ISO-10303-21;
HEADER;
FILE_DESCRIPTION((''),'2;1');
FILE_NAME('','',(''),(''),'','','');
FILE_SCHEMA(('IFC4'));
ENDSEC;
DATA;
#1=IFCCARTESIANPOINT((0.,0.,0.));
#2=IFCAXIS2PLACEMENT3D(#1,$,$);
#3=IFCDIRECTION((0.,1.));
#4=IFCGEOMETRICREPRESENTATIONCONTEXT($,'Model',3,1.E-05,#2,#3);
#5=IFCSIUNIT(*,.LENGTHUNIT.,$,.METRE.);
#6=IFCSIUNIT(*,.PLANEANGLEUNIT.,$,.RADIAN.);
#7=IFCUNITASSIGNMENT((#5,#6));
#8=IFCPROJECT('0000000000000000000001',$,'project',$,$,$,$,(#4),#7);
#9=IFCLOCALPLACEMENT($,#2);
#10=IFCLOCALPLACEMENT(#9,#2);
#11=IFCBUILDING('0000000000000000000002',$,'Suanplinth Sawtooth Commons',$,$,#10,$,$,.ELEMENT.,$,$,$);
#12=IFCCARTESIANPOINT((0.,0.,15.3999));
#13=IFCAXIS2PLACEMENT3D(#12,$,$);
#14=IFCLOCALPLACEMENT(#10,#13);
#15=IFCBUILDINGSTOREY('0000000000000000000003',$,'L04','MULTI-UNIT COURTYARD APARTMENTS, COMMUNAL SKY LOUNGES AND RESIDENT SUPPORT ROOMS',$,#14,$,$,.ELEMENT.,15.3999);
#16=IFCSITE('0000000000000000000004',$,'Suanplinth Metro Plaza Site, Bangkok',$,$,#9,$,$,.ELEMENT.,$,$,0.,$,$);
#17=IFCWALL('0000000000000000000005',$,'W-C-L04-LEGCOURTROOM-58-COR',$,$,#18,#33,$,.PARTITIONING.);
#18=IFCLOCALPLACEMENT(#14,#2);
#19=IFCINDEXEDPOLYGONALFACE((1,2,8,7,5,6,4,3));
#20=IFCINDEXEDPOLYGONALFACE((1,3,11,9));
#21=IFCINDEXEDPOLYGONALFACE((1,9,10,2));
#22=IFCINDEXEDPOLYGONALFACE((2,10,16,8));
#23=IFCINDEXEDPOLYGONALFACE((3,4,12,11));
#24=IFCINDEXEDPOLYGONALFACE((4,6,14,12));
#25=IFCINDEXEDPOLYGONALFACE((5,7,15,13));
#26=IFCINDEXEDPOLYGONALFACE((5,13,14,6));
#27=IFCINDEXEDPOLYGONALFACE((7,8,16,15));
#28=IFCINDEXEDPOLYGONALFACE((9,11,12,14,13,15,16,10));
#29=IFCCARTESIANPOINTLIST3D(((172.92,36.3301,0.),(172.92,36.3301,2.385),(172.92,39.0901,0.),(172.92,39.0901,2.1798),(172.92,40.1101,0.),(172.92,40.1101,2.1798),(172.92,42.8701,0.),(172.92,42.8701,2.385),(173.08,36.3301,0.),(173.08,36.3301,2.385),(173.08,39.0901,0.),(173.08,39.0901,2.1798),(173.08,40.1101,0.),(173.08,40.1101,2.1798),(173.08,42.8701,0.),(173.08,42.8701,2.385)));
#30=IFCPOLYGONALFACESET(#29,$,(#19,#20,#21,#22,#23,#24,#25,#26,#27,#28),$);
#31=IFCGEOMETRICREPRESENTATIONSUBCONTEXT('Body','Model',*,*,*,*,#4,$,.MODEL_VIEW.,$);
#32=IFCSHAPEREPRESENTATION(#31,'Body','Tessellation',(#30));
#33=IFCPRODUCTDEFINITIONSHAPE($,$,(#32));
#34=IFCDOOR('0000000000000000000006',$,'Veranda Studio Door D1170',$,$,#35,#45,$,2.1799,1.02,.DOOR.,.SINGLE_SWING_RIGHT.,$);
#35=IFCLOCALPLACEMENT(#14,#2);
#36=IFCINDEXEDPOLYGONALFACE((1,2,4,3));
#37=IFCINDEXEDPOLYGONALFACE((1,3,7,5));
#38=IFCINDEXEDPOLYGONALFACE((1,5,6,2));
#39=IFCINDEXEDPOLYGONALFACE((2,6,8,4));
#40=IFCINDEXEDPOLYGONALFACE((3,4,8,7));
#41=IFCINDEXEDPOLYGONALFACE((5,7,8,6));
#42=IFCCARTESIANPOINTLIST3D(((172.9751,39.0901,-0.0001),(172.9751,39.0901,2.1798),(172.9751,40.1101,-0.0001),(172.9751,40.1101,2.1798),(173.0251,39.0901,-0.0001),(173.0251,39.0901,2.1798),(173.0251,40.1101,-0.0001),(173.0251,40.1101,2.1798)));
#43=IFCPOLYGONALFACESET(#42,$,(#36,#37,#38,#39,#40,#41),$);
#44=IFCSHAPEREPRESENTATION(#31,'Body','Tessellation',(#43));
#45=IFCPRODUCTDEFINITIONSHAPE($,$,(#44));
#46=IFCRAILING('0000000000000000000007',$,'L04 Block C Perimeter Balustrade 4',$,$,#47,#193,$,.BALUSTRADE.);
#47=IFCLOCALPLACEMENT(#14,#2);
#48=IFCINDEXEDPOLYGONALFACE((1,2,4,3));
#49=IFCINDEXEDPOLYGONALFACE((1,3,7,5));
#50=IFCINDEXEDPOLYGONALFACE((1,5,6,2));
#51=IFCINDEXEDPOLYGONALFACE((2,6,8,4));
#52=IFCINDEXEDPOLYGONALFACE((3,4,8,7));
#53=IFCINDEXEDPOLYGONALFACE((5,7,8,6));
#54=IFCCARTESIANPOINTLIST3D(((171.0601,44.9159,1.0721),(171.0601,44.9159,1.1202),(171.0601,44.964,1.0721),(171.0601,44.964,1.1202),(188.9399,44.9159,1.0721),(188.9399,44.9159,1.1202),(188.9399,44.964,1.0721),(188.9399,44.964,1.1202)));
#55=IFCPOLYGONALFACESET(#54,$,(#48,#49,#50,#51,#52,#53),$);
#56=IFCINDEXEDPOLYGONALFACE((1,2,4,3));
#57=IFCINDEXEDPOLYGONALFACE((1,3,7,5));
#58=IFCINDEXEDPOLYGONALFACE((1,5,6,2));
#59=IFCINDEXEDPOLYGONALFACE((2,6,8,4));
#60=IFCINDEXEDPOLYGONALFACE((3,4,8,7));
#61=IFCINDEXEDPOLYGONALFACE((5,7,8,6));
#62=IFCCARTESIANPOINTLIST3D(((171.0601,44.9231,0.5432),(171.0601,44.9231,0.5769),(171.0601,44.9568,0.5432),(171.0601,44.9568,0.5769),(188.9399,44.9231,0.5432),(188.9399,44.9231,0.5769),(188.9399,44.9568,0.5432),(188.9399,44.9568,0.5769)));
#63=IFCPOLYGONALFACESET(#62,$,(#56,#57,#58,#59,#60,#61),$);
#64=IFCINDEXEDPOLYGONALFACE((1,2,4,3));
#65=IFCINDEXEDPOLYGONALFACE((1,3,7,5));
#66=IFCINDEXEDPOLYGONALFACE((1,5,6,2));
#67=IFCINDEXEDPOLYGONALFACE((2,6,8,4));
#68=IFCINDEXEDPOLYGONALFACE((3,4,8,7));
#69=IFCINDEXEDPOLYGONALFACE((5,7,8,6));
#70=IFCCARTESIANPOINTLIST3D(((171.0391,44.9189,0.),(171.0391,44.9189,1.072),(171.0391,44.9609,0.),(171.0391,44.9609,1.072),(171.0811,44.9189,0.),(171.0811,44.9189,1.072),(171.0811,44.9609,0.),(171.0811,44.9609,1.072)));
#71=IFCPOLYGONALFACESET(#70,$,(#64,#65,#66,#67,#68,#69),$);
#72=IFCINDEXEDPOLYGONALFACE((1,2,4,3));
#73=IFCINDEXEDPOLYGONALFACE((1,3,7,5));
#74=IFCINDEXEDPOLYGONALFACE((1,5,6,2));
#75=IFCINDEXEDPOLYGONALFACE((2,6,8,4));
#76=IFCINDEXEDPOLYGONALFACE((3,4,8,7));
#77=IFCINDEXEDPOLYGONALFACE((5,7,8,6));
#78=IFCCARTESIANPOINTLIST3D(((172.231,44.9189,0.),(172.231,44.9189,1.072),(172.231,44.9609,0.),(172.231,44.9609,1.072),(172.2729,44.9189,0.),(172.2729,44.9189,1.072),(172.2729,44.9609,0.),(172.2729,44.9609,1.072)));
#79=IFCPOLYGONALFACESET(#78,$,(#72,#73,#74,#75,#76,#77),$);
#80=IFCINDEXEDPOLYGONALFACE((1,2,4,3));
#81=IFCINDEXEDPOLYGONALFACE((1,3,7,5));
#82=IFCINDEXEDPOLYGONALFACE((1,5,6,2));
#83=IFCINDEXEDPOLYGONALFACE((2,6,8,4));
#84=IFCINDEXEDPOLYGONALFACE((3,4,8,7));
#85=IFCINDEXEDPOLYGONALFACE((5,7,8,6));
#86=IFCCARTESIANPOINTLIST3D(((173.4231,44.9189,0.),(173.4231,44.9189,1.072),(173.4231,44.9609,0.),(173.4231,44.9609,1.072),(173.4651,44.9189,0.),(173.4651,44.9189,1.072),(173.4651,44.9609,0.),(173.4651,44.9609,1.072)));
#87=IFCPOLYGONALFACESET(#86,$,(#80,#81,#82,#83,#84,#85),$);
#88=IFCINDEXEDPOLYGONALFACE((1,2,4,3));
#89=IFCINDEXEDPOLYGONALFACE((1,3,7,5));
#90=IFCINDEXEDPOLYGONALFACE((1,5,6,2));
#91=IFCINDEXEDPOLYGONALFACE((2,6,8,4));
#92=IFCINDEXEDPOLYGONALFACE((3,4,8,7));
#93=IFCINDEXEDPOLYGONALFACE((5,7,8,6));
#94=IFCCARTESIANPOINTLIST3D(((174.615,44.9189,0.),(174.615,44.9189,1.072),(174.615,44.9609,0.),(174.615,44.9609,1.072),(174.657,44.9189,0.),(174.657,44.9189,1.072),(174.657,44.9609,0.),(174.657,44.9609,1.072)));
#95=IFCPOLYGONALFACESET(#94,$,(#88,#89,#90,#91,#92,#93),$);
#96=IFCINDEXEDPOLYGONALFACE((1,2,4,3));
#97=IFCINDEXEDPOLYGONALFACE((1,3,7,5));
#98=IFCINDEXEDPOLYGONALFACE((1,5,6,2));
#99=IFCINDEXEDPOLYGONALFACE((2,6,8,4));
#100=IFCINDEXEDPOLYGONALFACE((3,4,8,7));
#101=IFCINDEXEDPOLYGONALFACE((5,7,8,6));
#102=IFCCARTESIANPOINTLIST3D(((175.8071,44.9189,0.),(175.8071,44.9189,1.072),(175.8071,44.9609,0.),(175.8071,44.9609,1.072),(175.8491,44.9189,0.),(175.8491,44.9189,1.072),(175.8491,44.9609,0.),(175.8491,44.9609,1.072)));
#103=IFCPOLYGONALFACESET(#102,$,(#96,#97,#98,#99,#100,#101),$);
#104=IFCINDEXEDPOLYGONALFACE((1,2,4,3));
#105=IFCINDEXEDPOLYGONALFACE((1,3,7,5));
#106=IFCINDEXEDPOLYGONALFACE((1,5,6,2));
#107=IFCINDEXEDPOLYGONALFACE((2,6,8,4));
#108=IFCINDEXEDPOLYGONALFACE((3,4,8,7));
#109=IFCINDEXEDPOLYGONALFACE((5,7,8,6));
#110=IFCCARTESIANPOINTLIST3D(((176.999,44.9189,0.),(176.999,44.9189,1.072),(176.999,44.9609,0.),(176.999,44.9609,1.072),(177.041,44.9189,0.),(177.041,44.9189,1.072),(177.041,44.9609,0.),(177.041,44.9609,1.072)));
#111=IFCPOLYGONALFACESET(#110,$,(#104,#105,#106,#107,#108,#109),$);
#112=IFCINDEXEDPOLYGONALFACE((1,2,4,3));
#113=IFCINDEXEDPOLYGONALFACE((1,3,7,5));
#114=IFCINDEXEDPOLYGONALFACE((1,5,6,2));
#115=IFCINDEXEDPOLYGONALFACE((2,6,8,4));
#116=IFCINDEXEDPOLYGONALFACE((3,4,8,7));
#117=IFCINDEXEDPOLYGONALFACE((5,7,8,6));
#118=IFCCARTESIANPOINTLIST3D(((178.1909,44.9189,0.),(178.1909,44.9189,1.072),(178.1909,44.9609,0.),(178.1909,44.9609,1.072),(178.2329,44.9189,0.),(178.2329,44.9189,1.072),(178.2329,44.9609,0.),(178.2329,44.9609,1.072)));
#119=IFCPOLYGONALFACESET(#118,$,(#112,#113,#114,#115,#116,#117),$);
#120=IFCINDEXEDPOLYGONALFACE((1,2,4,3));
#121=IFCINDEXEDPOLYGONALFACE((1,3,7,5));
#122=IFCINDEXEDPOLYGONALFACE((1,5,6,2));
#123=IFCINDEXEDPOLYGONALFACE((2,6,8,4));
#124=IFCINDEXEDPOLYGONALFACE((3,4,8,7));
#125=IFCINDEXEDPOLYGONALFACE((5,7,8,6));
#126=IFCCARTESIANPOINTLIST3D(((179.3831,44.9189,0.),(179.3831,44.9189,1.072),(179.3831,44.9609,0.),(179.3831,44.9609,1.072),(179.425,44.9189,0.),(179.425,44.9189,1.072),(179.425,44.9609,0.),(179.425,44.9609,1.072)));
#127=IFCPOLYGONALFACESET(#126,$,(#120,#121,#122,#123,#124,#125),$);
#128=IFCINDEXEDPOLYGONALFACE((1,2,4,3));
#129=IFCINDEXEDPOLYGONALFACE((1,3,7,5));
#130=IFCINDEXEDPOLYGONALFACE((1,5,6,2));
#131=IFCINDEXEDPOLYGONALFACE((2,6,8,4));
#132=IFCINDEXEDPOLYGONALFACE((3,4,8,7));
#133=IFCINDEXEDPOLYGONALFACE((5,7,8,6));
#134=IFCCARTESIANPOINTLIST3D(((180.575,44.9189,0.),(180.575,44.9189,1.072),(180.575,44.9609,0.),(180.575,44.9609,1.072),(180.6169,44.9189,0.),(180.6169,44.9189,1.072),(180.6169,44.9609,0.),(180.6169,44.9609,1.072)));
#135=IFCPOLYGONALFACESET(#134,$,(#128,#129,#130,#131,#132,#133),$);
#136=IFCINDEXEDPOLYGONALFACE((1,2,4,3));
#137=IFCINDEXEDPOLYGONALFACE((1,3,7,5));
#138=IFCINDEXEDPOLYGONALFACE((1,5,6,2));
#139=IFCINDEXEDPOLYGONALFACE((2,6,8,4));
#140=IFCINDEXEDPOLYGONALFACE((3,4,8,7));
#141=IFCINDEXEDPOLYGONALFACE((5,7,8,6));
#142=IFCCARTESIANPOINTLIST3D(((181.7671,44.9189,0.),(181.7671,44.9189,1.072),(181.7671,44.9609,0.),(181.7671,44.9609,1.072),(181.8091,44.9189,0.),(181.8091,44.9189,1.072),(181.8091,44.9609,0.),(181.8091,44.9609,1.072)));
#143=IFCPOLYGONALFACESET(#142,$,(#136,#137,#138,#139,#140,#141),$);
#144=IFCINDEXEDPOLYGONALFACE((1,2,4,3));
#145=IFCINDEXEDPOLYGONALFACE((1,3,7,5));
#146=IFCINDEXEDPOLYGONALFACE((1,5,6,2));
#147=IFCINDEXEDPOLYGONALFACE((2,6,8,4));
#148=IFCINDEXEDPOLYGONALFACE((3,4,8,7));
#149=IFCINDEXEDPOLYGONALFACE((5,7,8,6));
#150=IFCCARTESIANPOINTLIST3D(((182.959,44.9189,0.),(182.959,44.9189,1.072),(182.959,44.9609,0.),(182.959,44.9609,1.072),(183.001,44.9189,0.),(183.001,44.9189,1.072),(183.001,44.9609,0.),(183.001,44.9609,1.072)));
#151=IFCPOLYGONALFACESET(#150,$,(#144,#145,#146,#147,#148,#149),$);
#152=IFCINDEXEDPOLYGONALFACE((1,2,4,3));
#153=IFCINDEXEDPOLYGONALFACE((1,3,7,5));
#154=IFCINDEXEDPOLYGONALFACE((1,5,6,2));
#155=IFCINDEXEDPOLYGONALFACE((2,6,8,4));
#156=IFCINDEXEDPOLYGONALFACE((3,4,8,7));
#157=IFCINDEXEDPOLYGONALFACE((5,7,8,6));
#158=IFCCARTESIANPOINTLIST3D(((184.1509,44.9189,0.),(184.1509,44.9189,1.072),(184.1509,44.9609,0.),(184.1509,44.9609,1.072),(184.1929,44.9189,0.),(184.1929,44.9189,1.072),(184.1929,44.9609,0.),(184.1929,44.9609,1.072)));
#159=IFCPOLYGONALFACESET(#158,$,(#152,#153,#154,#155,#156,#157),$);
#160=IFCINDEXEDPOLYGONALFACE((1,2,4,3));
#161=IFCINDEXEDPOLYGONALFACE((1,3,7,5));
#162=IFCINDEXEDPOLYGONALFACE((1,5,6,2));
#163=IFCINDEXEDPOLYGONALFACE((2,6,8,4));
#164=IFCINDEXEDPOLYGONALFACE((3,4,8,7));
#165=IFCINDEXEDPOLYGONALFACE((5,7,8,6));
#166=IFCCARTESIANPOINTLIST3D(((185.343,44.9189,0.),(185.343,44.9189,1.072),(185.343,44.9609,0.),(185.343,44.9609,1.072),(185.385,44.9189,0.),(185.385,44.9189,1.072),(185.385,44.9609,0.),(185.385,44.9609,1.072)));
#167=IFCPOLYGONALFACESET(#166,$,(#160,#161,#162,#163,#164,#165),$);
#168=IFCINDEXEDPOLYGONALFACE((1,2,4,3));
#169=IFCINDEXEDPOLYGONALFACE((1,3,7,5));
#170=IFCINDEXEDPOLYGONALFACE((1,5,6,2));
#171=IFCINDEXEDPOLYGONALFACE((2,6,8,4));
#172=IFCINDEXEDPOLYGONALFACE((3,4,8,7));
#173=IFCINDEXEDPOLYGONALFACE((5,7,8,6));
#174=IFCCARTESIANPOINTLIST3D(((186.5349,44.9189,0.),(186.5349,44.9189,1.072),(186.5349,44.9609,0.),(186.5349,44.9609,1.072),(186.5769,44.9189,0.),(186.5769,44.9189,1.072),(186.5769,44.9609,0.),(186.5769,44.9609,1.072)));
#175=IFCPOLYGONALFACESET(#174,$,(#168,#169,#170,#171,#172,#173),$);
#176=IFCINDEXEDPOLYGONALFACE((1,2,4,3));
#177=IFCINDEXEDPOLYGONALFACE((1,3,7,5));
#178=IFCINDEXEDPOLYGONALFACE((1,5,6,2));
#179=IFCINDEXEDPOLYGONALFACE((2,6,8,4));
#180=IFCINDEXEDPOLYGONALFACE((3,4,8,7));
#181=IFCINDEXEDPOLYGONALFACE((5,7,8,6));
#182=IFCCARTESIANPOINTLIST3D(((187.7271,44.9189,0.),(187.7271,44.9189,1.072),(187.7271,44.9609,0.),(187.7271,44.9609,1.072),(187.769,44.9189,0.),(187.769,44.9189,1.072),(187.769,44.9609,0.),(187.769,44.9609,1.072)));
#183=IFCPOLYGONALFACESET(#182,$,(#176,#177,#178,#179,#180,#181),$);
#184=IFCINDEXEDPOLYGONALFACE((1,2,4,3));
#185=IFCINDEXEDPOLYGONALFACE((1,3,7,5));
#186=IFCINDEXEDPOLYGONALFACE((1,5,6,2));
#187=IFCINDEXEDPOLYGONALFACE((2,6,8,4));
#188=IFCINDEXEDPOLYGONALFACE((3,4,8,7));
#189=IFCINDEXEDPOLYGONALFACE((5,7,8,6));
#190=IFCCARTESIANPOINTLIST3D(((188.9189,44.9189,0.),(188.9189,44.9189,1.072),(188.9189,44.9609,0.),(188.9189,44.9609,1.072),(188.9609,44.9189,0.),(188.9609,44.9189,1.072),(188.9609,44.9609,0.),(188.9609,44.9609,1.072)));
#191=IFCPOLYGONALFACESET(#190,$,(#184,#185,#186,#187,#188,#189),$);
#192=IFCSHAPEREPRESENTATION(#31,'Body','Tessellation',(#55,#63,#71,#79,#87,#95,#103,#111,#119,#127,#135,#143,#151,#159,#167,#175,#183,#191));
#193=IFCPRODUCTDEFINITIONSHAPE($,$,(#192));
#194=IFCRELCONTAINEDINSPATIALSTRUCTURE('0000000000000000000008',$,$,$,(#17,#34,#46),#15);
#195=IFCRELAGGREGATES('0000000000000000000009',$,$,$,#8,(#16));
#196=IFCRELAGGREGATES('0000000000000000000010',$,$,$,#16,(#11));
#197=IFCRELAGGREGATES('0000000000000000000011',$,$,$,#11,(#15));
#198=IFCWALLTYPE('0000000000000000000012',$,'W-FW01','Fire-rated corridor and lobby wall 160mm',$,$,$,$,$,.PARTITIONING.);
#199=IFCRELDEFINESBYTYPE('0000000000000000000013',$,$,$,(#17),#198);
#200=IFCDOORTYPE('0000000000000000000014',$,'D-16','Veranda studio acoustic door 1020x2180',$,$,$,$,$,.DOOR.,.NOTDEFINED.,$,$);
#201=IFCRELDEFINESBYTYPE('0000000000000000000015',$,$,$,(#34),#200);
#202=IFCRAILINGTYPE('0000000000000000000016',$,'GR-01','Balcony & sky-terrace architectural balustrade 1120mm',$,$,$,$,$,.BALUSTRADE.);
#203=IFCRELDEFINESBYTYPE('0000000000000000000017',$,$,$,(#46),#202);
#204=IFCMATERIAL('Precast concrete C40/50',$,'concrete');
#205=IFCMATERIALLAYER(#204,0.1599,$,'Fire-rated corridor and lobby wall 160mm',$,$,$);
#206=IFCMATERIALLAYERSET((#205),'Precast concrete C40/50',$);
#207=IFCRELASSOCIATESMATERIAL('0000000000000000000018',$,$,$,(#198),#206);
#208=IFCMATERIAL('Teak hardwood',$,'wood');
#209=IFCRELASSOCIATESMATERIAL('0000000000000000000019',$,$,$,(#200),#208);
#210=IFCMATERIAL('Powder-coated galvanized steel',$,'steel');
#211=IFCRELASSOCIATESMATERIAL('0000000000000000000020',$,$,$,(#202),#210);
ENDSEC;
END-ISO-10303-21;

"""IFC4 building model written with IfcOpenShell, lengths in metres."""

from ifc_helpers import new_model, si_unit, direction, frame, frame_2d, origin, origin_2d, place, context, subcontext, project, spatial, rectangle, extrude, material, layer, layer_set, type_object, element, fill, save


model = new_model("IFC4")

# Units and contexts
model_context = context("Model", 3, precision=1e-05, world=origin(), true_north=direction((0.0, 1.0)))
body_context = subcontext(model_context, "Body", "Model", "MODEL_VIEW")
ifc_project = project(units=[si_unit("LENGTHUNIT", "METRE"), si_unit("PLANEANGLEUNIT", "RADIAN")], contexts=[model_context])

# Site, building, storey
site_placement = place(None, origin())
site = spatial("IfcSite", under=ifc_project, at=site_placement, Name="Suanplinth Metro Plaza Site, Bangkok", CompositionType="ELEMENT", RefElevation=0.0)
building_placement = place(site_placement, origin())
building = spatial("IfcBuilding", under=site, at=building_placement, Name="Suanplinth Sawtooth Commons", CompositionType="ELEMENT")
storey_placement = place(building_placement, frame((0.0, 0.0, 15.3999)))
storey = spatial("IfcBuildingStorey", under=building, at=storey_placement, Name="L04", Description="MULTI-UNIT COURTYARD APARTMENTS, COMMUNAL SKY LOUNGES AND RESIDENT SUPPORT ROOMS", CompositionType="ELEMENT", Elevation=15.3999)

# Shared definitions
ifc_material_1 = material(Name="Precast concrete C40/50", Category="concrete")

# Wall, opening, door
ifc_layer_1 = layer(ifc_material_1, 0.1599, Name="Fire-rated corridor and lobby wall 160mm")
ifc_layer_set_1 = layer_set([ifc_layer_1], Name="Precast concrete C40/50")
wall_type_1 = type_object("IfcWallType", Name="W-FW01", Description="Fire-rated corridor and lobby wall 160mm", PredefinedType="PARTITIONING", material=ifc_layer_set_1)
wall_1_placement = place(storey_placement, frame((173.0, 36.3301, 0.0), z_axis=(0.0, 0.0, 1.0), x_axis=(0.0, 1.0, 0.0)))
wall_1 = element("IfcWall", 1, at=wall_1_placement, inside=storey, type_object=wall_type_1, Name="W-C-L04-LEGCOURTROOM-58-COR", PredefinedType="PARTITIONING", context=body_context, shape_type="SweptSolid", body=[
    extrude(rectangle(XDim=6.54, YDim=0.1599, at=frame_2d((3.27, 0.0))), origin(), (0.0, 0.0, 1.0), 2.385),
])
opening_1_placement = place(wall_1_placement, frame((2.76, 0.0, 0.0)))
opening_1 = element("IfcOpeningElement", 2, at=opening_1_placement, cuts=wall_1, PredefinedType="OPENING", context=body_context, shape_type="SweptSolid", body=[
    extrude(rectangle(XDim=1.02, YDim=2.1799, at=frame_2d((0.51, 1.0898))), frame((0.0, 0.0947, 0.0), z_axis=(0.0, -1.0, 0.0), x_axis=(1.0, 0.0, 0.0)), (0.0, 0.0, 1.0), 0.1897),
])
ifc_material_2 = material(Name="Teak hardwood", Category="wood")
door_type_1 = type_object("IfcDoorType", Name="D-16", Description="Veranda studio acoustic door 1020x2180", OperationType="NOTDEFINED", PredefinedType="DOOR", material=ifc_material_2)
door_1_placement = place(opening_1_placement, origin())
door_1 = element("IfcDoor", 3, at=door_1_placement, inside=storey, type_object=door_type_1, Name="Veranda Studio Door D1170", OperationType="SINGLE_SWING_RIGHT", OverallHeight=2.1799, OverallWidth=1.02, PredefinedType="DOOR", context=body_context, shape_type="SweptSolid", body=[
    extrude(rectangle(XDim=1.02, YDim=2.1799, at=frame_2d((0.51, 1.0898))), frame((0.0, 0.0249, 0.0), z_axis=(0.0, -1.0, 0.0), x_axis=(1.0, 0.0, 0.0)), (0.0, 0.0, 1.0), 0.05),
])
fill(opening_1, door_1)

# Railing
ifc_material_3 = material(Name="Powder-coated galvanized steel", Category="steel")
railing_type = type_object("IfcRailingType", Name="GR-01", Description="Balcony & sky-terrace architectural balustrade 1120mm", PredefinedType="BALUSTRADE", material=ifc_material_3)
railing_placement = place(storey_placement, frame((171.0601, 44.9399, 0.0)))
element("IfcRailing", 4, at=railing_placement, inside=storey, type_object=railing_type, Name="L04 Block C Perimeter Balustrade 4", PredefinedType="BALUSTRADE", context=body_context, shape_type="SweptSolid", body=[
    extrude(rectangle(XDim=0.0481, YDim=0.0481, at=origin_2d()), frame((0.0, 0.0, 1.0962), z_axis=(1.0, 0.0, 0.0), x_axis=(0.0, 1.0, 0.0)), (0.0, 0.0, 1.0), 17.8799),
    extrude(rectangle(XDim=0.0337, YDim=0.0337, at=origin_2d()), frame((0.0, 0.0, 0.5601), z_axis=(1.0, 0.0, 0.0), x_axis=(0.0, 1.0, 0.0)), (0.0, 0.0, 1.0), 17.8799),
    extrude(rectangle(XDim=0.042, YDim=0.042, at=origin_2d()), origin(), (0.0, 0.0, 1.0), 1.072),
    extrude(rectangle(XDim=0.042, YDim=0.042, at=origin_2d()), frame((1.1919, 0.0, 0.0)), (0.0, 0.0, 1.0), 1.072),
    extrude(rectangle(XDim=0.042, YDim=0.042, at=origin_2d()), frame((2.384, 0.0, 0.0)), (0.0, 0.0, 1.0), 1.072),
    extrude(rectangle(XDim=0.042, YDim=0.042, at=origin_2d()), frame((3.5759, 0.0, 0.0)), (0.0, 0.0, 1.0), 1.072),
    extrude(rectangle(XDim=0.042, YDim=0.042, at=origin_2d()), frame((4.7681, 0.0, 0.0)), (0.0, 0.0, 1.0), 1.072),
    extrude(rectangle(XDim=0.042, YDim=0.042, at=origin_2d()), frame((5.96, 0.0, 0.0)), (0.0, 0.0, 1.0), 1.072),
    extrude(rectangle(XDim=0.042, YDim=0.042, at=origin_2d()), frame((7.1519, 0.0, 0.0)), (0.0, 0.0, 1.0), 1.072),
    extrude(rectangle(XDim=0.042, YDim=0.042, at=origin_2d()), frame((8.344, 0.0, 0.0)), (0.0, 0.0, 1.0), 1.072),
    extrude(rectangle(XDim=0.042, YDim=0.042, at=origin_2d()), frame((9.5359, 0.0, 0.0)), (0.0, 0.0, 1.0), 1.072),
    extrude(rectangle(XDim=0.042, YDim=0.042, at=origin_2d()), frame((10.728, 0.0, 0.0)), (0.0, 0.0, 1.0), 1.072),
    extrude(rectangle(XDim=0.042, YDim=0.042, at=origin_2d()), frame((11.9199, 0.0, 0.0)), (0.0, 0.0, 1.0), 1.072),
    extrude(rectangle(XDim=0.042, YDim=0.042, at=origin_2d()), frame((13.1118, 0.0, 0.0)), (0.0, 0.0, 1.0), 1.072),
    extrude(rectangle(XDim=0.042, YDim=0.042, at=origin_2d()), frame((14.304, 0.0, 0.0)), (0.0, 0.0, 1.0), 1.072),
    extrude(rectangle(XDim=0.042, YDim=0.042, at=origin_2d()), frame((15.4958, 0.0, 0.0)), (0.0, 0.0, 1.0), 1.072),
    extrude(rectangle(XDim=0.042, YDim=0.042, at=origin_2d()), frame((16.688, 0.0, 0.0)), (0.0, 0.0, 1.0), 1.072),
    extrude(rectangle(XDim=0.042, YDim=0.042, at=origin_2d()), frame((17.8799, 0.0, 0.0)), (0.0, 0.0, 1.0), 1.072),
])

save(model, "model.ifc")
